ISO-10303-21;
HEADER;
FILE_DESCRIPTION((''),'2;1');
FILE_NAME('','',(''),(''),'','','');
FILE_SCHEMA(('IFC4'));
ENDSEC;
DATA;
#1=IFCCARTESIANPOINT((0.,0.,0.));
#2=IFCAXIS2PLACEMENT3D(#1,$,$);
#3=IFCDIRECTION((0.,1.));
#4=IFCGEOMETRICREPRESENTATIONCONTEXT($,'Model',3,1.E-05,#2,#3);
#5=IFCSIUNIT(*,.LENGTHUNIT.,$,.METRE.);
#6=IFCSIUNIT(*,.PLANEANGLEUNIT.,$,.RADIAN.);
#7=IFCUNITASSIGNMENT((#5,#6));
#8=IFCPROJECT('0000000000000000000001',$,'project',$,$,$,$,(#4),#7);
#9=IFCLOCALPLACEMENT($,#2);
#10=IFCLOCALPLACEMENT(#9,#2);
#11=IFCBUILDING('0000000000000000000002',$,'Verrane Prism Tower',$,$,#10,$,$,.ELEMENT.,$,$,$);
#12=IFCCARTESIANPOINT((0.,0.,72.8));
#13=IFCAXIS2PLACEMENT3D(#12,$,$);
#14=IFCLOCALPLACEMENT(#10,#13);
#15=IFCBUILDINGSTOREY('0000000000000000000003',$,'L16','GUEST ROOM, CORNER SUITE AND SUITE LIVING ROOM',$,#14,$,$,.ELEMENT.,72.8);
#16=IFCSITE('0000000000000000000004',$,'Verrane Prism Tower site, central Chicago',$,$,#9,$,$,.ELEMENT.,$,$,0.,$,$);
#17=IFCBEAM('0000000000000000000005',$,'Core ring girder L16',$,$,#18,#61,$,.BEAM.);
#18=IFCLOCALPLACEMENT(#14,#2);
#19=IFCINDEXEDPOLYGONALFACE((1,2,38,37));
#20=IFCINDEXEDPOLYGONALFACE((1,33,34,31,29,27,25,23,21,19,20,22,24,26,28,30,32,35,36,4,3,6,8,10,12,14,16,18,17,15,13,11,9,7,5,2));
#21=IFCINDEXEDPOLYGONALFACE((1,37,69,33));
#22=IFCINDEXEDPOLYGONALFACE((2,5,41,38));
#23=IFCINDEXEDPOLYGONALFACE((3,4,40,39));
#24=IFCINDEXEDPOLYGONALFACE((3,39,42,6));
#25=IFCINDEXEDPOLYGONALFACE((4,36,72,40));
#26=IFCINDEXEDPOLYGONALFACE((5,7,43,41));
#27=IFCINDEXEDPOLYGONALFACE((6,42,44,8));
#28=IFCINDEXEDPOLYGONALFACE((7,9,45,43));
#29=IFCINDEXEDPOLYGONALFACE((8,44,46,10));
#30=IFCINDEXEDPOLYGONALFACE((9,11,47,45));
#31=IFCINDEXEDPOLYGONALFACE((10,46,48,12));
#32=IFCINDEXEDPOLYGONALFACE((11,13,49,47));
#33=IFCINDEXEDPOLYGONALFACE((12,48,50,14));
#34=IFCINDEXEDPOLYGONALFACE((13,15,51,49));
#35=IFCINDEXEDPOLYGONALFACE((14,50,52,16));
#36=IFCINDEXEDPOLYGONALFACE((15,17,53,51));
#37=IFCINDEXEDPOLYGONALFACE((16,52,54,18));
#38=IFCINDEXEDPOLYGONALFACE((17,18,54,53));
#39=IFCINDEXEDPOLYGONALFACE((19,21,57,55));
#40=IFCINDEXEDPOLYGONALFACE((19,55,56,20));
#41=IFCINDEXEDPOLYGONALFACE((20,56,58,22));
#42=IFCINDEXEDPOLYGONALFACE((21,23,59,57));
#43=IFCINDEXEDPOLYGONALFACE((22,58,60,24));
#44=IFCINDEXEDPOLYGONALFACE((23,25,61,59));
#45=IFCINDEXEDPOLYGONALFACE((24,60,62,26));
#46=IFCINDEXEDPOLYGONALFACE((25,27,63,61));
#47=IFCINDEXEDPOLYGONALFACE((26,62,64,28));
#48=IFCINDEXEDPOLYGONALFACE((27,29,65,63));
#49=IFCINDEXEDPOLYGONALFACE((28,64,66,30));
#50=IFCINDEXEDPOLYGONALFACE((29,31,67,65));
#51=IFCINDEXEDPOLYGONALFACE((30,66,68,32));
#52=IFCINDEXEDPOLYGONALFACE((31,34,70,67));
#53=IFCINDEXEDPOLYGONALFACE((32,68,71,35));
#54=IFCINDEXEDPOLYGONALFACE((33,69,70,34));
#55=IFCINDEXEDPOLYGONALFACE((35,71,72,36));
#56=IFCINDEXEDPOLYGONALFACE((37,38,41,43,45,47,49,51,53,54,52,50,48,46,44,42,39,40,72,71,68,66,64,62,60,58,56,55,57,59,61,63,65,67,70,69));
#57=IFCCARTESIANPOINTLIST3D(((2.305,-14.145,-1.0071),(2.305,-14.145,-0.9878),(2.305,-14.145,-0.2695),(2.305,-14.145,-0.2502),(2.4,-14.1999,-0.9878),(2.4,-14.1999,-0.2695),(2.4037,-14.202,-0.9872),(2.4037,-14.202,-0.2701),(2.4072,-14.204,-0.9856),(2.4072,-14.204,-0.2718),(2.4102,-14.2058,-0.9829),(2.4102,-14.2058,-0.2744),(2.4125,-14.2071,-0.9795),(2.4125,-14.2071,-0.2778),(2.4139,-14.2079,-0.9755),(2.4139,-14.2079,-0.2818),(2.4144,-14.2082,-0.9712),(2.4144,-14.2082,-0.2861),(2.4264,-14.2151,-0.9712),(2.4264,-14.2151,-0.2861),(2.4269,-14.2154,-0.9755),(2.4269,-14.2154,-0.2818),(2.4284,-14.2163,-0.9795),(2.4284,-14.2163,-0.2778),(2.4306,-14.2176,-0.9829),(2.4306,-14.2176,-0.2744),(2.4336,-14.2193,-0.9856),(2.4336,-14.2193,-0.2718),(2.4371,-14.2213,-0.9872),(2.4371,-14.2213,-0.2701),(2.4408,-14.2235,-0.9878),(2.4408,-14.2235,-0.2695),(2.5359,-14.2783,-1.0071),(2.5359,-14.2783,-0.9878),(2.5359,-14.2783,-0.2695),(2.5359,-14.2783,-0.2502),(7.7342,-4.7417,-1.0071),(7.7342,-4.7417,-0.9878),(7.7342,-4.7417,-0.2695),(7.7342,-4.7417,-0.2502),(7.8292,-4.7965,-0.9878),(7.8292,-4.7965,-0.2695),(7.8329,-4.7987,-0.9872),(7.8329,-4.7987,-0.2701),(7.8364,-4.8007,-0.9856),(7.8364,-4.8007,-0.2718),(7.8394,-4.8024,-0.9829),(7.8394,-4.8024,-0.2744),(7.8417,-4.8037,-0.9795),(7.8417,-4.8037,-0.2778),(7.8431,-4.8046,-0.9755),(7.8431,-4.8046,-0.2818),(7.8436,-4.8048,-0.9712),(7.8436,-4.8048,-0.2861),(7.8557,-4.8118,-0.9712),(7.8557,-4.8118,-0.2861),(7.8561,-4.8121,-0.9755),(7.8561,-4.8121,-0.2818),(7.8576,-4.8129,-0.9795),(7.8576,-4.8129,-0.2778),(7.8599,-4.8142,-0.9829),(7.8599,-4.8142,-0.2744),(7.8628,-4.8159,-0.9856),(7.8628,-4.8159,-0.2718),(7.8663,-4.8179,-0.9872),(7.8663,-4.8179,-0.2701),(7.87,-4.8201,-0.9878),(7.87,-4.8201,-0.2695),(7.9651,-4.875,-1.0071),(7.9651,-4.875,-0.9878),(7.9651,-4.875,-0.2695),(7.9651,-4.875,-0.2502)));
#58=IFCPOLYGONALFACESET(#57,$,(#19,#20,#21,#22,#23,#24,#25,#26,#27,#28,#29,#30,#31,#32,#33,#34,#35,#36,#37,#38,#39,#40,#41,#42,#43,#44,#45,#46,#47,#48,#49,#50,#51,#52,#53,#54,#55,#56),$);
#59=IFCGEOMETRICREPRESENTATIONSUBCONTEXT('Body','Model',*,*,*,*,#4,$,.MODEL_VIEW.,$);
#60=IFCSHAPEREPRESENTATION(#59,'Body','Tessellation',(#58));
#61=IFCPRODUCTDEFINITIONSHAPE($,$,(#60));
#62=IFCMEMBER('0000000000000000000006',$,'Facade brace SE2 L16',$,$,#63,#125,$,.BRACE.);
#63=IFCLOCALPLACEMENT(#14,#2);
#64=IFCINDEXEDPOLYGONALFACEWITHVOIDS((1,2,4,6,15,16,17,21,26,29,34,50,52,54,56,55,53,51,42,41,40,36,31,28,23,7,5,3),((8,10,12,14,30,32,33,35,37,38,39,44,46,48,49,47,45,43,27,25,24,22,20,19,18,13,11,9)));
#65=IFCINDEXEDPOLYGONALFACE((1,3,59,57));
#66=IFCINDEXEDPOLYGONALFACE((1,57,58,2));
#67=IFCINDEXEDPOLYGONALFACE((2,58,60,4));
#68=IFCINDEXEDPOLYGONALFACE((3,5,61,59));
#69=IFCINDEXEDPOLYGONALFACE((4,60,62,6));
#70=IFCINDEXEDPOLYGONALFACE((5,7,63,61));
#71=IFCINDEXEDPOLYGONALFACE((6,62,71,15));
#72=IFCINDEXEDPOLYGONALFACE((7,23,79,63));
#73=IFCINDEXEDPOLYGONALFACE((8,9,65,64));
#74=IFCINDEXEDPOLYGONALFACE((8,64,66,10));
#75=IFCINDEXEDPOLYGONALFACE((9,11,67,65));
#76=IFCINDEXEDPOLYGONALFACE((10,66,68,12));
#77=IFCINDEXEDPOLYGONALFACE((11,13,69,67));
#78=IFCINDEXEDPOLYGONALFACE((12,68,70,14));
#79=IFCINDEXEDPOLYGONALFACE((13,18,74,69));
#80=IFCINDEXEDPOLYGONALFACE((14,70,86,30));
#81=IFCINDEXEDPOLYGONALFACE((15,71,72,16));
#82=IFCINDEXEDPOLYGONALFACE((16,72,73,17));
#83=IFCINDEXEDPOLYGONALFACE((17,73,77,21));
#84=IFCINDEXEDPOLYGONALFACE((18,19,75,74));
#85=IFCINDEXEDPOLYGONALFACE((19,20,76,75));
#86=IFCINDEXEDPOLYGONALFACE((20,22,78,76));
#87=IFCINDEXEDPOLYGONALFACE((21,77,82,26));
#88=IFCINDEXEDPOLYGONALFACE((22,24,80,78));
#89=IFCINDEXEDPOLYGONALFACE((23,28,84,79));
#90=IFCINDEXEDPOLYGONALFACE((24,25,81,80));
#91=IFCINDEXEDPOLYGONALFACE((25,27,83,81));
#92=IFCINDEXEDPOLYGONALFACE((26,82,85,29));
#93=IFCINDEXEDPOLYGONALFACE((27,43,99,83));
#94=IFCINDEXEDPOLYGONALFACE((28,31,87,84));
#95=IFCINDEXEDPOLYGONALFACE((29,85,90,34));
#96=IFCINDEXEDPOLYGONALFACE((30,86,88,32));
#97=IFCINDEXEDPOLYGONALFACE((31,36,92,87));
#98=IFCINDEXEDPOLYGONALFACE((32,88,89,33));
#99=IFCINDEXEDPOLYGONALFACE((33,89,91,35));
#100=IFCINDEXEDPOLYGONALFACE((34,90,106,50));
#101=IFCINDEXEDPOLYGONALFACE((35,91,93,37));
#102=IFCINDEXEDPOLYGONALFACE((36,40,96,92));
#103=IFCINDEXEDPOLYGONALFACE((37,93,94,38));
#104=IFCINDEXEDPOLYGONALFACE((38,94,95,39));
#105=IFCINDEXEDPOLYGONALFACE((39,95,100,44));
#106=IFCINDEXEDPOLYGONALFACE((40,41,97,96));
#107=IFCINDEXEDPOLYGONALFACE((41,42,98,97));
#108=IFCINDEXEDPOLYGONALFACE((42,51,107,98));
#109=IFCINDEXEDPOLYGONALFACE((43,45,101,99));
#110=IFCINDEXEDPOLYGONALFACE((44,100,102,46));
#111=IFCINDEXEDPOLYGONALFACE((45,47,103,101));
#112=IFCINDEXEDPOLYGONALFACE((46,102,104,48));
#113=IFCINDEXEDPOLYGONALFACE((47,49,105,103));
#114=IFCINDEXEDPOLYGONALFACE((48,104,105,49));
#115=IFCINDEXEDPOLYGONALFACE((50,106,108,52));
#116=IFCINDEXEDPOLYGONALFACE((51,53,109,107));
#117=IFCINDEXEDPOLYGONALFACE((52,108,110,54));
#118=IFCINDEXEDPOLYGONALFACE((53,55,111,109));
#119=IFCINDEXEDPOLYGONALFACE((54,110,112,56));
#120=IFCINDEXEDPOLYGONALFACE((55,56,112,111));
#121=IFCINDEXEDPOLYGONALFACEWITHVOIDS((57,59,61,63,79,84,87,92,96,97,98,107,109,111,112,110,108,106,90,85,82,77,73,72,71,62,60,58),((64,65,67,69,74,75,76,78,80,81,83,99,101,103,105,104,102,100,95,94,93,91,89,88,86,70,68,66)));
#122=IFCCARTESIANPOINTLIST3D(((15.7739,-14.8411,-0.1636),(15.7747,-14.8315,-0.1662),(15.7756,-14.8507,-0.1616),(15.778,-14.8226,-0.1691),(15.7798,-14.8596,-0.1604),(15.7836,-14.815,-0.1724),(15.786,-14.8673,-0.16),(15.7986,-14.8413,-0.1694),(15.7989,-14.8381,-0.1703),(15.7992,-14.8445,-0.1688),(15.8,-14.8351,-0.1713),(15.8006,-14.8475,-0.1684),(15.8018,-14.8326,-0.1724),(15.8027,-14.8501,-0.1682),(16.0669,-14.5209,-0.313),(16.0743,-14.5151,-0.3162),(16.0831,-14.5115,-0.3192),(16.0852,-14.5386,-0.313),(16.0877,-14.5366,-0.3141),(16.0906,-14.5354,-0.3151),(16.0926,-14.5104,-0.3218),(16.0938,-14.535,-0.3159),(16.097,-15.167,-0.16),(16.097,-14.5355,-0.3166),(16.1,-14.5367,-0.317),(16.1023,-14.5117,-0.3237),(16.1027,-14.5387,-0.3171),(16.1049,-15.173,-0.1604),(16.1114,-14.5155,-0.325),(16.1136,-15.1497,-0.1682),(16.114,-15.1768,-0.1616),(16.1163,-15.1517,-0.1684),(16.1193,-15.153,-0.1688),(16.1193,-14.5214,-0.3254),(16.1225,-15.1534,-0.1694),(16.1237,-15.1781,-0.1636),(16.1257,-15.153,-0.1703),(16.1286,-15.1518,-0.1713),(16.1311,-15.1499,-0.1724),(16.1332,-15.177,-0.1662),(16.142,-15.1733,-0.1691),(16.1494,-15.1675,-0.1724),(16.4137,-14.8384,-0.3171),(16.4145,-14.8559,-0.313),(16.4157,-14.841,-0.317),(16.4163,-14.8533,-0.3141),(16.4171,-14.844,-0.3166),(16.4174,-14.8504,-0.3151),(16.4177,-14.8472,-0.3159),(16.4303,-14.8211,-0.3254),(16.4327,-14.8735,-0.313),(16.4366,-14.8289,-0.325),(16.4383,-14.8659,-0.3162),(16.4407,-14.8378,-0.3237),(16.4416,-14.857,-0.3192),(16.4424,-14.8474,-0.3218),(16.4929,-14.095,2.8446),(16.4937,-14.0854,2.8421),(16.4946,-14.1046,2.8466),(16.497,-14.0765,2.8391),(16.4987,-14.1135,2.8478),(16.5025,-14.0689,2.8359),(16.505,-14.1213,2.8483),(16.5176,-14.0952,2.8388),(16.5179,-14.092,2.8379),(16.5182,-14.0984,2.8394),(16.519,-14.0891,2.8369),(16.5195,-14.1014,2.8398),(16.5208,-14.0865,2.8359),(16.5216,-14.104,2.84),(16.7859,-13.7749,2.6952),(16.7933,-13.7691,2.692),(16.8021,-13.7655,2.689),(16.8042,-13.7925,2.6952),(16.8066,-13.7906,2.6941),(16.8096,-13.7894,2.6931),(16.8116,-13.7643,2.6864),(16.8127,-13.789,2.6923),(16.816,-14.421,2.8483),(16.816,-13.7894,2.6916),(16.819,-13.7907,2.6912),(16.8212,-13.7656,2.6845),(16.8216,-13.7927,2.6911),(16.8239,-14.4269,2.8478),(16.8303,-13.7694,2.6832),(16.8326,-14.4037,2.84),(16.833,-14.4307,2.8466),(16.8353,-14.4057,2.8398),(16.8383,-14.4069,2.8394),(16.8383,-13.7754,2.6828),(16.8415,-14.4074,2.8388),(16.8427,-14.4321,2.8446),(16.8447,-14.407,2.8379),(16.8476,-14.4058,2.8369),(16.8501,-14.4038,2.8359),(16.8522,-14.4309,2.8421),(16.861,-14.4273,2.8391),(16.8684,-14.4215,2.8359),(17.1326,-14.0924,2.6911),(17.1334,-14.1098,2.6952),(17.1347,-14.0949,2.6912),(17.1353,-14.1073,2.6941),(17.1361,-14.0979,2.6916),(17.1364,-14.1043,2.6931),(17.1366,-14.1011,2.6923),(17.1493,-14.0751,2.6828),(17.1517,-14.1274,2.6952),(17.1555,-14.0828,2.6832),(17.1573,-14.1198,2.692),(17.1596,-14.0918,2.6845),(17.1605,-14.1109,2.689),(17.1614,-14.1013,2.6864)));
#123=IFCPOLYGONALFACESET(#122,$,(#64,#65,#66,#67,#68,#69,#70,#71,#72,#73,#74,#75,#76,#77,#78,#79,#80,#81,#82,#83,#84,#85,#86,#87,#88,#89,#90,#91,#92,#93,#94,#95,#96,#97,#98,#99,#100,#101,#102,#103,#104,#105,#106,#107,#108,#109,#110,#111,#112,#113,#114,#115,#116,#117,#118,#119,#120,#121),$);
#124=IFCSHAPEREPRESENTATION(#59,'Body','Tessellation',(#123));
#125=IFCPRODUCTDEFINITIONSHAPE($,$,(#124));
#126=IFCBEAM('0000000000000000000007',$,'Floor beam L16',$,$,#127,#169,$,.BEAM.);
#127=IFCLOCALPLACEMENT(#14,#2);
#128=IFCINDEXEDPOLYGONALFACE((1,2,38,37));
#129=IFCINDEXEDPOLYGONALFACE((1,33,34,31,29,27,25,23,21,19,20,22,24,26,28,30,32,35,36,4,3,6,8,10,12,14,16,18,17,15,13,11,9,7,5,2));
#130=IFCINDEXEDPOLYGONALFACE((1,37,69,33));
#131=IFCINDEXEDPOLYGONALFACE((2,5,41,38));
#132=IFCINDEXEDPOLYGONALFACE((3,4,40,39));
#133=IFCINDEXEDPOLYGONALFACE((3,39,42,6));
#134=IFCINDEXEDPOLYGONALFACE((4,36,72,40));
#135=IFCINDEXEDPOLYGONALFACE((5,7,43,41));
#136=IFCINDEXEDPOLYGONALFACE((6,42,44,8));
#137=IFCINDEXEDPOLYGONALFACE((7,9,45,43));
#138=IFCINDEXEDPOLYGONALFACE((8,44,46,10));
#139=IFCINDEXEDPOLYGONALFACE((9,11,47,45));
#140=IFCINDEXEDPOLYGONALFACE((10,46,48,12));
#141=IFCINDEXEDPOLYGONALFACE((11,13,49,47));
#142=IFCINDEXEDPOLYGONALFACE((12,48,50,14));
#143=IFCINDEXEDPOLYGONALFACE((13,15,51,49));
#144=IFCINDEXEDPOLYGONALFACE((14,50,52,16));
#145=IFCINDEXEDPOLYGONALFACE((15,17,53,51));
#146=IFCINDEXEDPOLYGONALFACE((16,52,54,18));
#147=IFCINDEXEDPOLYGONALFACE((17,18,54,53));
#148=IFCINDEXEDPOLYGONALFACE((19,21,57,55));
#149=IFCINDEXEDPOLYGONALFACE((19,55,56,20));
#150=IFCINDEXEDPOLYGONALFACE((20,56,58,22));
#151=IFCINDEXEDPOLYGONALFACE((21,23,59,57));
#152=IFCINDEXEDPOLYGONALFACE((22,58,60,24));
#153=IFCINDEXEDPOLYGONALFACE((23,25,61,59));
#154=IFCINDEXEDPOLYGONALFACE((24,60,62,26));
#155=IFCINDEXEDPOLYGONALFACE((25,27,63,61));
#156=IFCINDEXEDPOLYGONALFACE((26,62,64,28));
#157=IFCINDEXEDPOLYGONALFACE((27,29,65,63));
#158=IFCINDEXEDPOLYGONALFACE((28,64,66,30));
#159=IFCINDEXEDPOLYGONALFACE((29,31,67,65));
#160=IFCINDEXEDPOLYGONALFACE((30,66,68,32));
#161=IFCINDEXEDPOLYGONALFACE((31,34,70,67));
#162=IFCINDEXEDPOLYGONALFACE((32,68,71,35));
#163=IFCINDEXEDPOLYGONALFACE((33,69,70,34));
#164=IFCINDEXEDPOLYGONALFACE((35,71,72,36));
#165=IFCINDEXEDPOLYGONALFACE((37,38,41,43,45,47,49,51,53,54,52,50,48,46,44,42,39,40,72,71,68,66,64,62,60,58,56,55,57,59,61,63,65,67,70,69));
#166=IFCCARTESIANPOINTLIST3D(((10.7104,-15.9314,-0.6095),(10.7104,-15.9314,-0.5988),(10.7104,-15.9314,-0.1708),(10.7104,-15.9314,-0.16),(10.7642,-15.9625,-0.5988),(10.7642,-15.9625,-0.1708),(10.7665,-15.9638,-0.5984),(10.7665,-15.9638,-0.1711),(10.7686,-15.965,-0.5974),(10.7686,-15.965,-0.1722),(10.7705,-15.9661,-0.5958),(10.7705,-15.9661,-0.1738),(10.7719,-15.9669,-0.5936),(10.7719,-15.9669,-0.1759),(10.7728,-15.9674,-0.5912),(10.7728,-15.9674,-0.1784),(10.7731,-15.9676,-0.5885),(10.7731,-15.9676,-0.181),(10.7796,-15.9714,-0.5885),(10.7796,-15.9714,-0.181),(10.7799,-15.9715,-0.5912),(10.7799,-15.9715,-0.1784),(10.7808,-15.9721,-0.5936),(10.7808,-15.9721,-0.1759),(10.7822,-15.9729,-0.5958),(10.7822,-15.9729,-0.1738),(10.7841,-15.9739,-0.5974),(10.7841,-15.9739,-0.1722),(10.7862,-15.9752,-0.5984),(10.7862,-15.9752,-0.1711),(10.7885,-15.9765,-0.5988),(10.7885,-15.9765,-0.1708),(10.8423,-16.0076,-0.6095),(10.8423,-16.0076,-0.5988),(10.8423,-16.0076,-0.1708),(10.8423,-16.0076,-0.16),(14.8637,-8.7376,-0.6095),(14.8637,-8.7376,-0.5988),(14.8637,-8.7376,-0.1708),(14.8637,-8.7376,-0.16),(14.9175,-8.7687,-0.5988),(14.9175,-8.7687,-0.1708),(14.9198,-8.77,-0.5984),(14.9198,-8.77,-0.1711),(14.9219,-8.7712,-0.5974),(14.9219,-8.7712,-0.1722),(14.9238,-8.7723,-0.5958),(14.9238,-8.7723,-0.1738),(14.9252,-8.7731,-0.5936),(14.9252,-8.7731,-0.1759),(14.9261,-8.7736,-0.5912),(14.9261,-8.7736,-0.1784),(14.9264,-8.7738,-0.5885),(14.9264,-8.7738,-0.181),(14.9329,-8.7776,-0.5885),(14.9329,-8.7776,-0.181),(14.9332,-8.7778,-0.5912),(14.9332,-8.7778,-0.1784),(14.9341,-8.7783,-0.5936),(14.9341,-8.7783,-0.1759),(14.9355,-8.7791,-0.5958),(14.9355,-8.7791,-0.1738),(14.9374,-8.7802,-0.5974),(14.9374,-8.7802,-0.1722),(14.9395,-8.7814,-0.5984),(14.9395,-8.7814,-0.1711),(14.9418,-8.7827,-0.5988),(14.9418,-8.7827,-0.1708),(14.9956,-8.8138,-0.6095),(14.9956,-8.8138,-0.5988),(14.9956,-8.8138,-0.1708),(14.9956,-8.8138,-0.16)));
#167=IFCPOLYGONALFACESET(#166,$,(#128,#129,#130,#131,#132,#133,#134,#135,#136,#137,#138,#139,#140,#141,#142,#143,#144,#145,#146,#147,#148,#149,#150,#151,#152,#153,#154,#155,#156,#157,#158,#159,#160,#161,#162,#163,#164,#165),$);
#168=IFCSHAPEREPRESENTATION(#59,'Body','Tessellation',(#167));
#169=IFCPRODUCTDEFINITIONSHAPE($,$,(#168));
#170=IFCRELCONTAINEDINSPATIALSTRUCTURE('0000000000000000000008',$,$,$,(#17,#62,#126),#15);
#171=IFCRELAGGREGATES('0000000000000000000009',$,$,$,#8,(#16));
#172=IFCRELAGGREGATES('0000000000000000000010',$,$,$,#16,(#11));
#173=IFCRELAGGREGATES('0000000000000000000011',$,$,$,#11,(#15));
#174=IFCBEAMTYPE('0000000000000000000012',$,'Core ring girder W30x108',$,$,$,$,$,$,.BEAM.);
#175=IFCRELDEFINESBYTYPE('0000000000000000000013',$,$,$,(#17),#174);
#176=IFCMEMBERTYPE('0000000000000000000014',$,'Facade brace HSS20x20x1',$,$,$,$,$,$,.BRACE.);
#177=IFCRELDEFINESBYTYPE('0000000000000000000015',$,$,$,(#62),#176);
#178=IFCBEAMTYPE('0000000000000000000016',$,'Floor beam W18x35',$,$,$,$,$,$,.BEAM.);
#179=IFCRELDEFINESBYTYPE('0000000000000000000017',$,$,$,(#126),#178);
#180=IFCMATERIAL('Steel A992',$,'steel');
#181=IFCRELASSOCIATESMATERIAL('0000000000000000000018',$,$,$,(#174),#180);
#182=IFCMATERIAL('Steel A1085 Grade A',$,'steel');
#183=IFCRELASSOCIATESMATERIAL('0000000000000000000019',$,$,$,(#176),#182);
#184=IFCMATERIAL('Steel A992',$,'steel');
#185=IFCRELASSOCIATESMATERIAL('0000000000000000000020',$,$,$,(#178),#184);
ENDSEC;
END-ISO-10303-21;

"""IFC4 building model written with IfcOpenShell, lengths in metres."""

from ifc_helpers import new_model, si_unit, direction, frame, origin, origin_2d, place, context, subcontext, project, spatial, hollow_rectangle, i_section, extrude, material, material_profile, profile_set, type_object, element, save


model = new_model("IFC4")

# Units and contexts
model_context = context("Model", 3, precision=1e-05, world=origin(), true_north=direction((0.0, 1.0)))
body_context = subcontext(model_context, "Body", "Model", "MODEL_VIEW")
ifc_project = project(units=[si_unit("LENGTHUNIT", "METRE"), si_unit("PLANEANGLEUNIT", "RADIAN")], contexts=[model_context])

# Site, building, storey
site_placement = place(None, origin())
site = spatial("IfcSite", under=ifc_project, at=site_placement, Name="Verrane Prism Tower site, central Chicago", CompositionType="ELEMENT", RefElevation=0.0)
building_placement = place(site_placement, origin())
building = spatial("IfcBuilding", under=site, at=building_placement, Name="Verrane Prism Tower", CompositionType="ELEMENT")
storey_placement = place(building_placement, frame((0.0, 0.0, 72.8)))
storey = spatial("IfcBuildingStorey", under=building, at=storey_placement, Name="L16", Description="GUEST ROOM, CORNER SUITE AND SUITE LIVING ROOM", CompositionType="ELEMENT", Elevation=72.8)

# Beam
ifc_material_1 = material(Name="Steel A992", Category="steel")
ifc_material_profile_1 = material_profile(ifc_material_1, i_section(OverallWidth=0.2666, OverallDepth=0.7568, WebThickness=0.0139, FlangeThickness=0.0193, FilletRadius=0.0166, at=origin_2d()), Name="W30x108")
ifc_profile_set_1 = profile_set([ifc_material_profile_1], Name="Steel A992")
beam_type_1 = type_object("IfcBeamType", Name="Core ring girder W30x108", PredefinedType="BEAM", material=ifc_profile_set_1)
beam_1_placement = place(storey_placement, frame((2.4204, -14.2117, -0.6287), z_axis=(0.500013, 0.866018, 0.0), x_axis=(-0.866018, 0.500013, 0.0)))
element("IfcBeam", 1, at=beam_1_placement, inside=storey, type_object=beam_type_1, Name="Core ring girder L16", PredefinedType="BEAM", context=body_context, shape_type="SweptSolid", body=[
    extrude(i_section(OverallWidth=0.2666, OverallDepth=0.7568, WebThickness=0.0139, FlangeThickness=0.0193, FilletRadius=0.0166, at=origin_2d()), origin(), (0.0, 0.0, 1.0), 10.8582),
])

# Member
ifc_material_2 = material(Name="Steel A1085 Grade A", Category="steel")
ifc_material_profile_2 = material_profile(ifc_material_2, hollow_rectangle(XDim=0.5081, YDim=0.5081, WallThickness=0.0254, InnerFilletRadius=0.0127, OuterFilletRadius=0.0381, at=origin_2d()), Name="HSS20x20x1")
ifc_profile_set_2 = profile_set([ifc_material_profile_2], Name="Steel A1085 Grade A")
member_type_1 = type_object("IfcMemberType", Name="Facade brace HSS20x20x1", PredefinedType="BRACE", material=ifc_profile_set_2)
member_1_placement = place(storey_placement, frame((16.1082, -14.8442, -0.2427), z_axis=(0.225975, 0.234492, 0.945489), x_axis=(-0.720063, 0.693909, 0.0)))
element("IfcMember", 2, at=member_1_placement, inside=storey, type_object=member_type_1, Name="Facade brace SE2 L16", PredefinedType="BRACE", context=body_context, shape_type="SweptSolid", body=[
    extrude(hollow_rectangle(XDim=0.5081, YDim=0.5081, WallThickness=0.0254, InnerFilletRadius=0.0127, OuterFilletRadius=0.0381, at=origin_2d()), origin(), (0.0, 0.0, 1.0), 3.1816),
])

# Beam
ifc_material_3 = material(Name="Steel A992", Category="steel")
ifc_material_profile_3 = material_profile(ifc_material_3, i_section(OverallWidth=0.1523, OverallDepth=0.4495, WebThickness=0.0076, FlangeThickness=0.0107, FilletRadius=0.0103, at=origin_2d()), Name="W18x35")
ifc_profile_set_3 = profile_set([ifc_material_profile_3], Name="Steel A992")
beam_type_2 = type_object("IfcBeamType", Name="Floor beam W18x35", PredefinedType="BEAM", material=ifc_profile_set_3)
beam_2_placement = place(storey_placement, frame((10.7764, -15.9695, -0.3848), z_axis=(0.499996, 0.866028, 0.0), x_axis=(-0.866028, 0.499996, 0.0)))
element("IfcBeam", 3, at=beam_2_placement, inside=storey, type_object=beam_type_2, Name="Floor beam L16", PredefinedType="BEAM", context=body_context, shape_type="SweptSolid", body=[
    extrude(i_section(OverallWidth=0.1523, OverallDepth=0.4495, WebThickness=0.0076, FlangeThickness=0.0107, FilletRadius=0.0103, at=origin_2d()), origin(), (0.0, 0.0, 1.0), 8.3066),
])

save(model, "model.ifc")
